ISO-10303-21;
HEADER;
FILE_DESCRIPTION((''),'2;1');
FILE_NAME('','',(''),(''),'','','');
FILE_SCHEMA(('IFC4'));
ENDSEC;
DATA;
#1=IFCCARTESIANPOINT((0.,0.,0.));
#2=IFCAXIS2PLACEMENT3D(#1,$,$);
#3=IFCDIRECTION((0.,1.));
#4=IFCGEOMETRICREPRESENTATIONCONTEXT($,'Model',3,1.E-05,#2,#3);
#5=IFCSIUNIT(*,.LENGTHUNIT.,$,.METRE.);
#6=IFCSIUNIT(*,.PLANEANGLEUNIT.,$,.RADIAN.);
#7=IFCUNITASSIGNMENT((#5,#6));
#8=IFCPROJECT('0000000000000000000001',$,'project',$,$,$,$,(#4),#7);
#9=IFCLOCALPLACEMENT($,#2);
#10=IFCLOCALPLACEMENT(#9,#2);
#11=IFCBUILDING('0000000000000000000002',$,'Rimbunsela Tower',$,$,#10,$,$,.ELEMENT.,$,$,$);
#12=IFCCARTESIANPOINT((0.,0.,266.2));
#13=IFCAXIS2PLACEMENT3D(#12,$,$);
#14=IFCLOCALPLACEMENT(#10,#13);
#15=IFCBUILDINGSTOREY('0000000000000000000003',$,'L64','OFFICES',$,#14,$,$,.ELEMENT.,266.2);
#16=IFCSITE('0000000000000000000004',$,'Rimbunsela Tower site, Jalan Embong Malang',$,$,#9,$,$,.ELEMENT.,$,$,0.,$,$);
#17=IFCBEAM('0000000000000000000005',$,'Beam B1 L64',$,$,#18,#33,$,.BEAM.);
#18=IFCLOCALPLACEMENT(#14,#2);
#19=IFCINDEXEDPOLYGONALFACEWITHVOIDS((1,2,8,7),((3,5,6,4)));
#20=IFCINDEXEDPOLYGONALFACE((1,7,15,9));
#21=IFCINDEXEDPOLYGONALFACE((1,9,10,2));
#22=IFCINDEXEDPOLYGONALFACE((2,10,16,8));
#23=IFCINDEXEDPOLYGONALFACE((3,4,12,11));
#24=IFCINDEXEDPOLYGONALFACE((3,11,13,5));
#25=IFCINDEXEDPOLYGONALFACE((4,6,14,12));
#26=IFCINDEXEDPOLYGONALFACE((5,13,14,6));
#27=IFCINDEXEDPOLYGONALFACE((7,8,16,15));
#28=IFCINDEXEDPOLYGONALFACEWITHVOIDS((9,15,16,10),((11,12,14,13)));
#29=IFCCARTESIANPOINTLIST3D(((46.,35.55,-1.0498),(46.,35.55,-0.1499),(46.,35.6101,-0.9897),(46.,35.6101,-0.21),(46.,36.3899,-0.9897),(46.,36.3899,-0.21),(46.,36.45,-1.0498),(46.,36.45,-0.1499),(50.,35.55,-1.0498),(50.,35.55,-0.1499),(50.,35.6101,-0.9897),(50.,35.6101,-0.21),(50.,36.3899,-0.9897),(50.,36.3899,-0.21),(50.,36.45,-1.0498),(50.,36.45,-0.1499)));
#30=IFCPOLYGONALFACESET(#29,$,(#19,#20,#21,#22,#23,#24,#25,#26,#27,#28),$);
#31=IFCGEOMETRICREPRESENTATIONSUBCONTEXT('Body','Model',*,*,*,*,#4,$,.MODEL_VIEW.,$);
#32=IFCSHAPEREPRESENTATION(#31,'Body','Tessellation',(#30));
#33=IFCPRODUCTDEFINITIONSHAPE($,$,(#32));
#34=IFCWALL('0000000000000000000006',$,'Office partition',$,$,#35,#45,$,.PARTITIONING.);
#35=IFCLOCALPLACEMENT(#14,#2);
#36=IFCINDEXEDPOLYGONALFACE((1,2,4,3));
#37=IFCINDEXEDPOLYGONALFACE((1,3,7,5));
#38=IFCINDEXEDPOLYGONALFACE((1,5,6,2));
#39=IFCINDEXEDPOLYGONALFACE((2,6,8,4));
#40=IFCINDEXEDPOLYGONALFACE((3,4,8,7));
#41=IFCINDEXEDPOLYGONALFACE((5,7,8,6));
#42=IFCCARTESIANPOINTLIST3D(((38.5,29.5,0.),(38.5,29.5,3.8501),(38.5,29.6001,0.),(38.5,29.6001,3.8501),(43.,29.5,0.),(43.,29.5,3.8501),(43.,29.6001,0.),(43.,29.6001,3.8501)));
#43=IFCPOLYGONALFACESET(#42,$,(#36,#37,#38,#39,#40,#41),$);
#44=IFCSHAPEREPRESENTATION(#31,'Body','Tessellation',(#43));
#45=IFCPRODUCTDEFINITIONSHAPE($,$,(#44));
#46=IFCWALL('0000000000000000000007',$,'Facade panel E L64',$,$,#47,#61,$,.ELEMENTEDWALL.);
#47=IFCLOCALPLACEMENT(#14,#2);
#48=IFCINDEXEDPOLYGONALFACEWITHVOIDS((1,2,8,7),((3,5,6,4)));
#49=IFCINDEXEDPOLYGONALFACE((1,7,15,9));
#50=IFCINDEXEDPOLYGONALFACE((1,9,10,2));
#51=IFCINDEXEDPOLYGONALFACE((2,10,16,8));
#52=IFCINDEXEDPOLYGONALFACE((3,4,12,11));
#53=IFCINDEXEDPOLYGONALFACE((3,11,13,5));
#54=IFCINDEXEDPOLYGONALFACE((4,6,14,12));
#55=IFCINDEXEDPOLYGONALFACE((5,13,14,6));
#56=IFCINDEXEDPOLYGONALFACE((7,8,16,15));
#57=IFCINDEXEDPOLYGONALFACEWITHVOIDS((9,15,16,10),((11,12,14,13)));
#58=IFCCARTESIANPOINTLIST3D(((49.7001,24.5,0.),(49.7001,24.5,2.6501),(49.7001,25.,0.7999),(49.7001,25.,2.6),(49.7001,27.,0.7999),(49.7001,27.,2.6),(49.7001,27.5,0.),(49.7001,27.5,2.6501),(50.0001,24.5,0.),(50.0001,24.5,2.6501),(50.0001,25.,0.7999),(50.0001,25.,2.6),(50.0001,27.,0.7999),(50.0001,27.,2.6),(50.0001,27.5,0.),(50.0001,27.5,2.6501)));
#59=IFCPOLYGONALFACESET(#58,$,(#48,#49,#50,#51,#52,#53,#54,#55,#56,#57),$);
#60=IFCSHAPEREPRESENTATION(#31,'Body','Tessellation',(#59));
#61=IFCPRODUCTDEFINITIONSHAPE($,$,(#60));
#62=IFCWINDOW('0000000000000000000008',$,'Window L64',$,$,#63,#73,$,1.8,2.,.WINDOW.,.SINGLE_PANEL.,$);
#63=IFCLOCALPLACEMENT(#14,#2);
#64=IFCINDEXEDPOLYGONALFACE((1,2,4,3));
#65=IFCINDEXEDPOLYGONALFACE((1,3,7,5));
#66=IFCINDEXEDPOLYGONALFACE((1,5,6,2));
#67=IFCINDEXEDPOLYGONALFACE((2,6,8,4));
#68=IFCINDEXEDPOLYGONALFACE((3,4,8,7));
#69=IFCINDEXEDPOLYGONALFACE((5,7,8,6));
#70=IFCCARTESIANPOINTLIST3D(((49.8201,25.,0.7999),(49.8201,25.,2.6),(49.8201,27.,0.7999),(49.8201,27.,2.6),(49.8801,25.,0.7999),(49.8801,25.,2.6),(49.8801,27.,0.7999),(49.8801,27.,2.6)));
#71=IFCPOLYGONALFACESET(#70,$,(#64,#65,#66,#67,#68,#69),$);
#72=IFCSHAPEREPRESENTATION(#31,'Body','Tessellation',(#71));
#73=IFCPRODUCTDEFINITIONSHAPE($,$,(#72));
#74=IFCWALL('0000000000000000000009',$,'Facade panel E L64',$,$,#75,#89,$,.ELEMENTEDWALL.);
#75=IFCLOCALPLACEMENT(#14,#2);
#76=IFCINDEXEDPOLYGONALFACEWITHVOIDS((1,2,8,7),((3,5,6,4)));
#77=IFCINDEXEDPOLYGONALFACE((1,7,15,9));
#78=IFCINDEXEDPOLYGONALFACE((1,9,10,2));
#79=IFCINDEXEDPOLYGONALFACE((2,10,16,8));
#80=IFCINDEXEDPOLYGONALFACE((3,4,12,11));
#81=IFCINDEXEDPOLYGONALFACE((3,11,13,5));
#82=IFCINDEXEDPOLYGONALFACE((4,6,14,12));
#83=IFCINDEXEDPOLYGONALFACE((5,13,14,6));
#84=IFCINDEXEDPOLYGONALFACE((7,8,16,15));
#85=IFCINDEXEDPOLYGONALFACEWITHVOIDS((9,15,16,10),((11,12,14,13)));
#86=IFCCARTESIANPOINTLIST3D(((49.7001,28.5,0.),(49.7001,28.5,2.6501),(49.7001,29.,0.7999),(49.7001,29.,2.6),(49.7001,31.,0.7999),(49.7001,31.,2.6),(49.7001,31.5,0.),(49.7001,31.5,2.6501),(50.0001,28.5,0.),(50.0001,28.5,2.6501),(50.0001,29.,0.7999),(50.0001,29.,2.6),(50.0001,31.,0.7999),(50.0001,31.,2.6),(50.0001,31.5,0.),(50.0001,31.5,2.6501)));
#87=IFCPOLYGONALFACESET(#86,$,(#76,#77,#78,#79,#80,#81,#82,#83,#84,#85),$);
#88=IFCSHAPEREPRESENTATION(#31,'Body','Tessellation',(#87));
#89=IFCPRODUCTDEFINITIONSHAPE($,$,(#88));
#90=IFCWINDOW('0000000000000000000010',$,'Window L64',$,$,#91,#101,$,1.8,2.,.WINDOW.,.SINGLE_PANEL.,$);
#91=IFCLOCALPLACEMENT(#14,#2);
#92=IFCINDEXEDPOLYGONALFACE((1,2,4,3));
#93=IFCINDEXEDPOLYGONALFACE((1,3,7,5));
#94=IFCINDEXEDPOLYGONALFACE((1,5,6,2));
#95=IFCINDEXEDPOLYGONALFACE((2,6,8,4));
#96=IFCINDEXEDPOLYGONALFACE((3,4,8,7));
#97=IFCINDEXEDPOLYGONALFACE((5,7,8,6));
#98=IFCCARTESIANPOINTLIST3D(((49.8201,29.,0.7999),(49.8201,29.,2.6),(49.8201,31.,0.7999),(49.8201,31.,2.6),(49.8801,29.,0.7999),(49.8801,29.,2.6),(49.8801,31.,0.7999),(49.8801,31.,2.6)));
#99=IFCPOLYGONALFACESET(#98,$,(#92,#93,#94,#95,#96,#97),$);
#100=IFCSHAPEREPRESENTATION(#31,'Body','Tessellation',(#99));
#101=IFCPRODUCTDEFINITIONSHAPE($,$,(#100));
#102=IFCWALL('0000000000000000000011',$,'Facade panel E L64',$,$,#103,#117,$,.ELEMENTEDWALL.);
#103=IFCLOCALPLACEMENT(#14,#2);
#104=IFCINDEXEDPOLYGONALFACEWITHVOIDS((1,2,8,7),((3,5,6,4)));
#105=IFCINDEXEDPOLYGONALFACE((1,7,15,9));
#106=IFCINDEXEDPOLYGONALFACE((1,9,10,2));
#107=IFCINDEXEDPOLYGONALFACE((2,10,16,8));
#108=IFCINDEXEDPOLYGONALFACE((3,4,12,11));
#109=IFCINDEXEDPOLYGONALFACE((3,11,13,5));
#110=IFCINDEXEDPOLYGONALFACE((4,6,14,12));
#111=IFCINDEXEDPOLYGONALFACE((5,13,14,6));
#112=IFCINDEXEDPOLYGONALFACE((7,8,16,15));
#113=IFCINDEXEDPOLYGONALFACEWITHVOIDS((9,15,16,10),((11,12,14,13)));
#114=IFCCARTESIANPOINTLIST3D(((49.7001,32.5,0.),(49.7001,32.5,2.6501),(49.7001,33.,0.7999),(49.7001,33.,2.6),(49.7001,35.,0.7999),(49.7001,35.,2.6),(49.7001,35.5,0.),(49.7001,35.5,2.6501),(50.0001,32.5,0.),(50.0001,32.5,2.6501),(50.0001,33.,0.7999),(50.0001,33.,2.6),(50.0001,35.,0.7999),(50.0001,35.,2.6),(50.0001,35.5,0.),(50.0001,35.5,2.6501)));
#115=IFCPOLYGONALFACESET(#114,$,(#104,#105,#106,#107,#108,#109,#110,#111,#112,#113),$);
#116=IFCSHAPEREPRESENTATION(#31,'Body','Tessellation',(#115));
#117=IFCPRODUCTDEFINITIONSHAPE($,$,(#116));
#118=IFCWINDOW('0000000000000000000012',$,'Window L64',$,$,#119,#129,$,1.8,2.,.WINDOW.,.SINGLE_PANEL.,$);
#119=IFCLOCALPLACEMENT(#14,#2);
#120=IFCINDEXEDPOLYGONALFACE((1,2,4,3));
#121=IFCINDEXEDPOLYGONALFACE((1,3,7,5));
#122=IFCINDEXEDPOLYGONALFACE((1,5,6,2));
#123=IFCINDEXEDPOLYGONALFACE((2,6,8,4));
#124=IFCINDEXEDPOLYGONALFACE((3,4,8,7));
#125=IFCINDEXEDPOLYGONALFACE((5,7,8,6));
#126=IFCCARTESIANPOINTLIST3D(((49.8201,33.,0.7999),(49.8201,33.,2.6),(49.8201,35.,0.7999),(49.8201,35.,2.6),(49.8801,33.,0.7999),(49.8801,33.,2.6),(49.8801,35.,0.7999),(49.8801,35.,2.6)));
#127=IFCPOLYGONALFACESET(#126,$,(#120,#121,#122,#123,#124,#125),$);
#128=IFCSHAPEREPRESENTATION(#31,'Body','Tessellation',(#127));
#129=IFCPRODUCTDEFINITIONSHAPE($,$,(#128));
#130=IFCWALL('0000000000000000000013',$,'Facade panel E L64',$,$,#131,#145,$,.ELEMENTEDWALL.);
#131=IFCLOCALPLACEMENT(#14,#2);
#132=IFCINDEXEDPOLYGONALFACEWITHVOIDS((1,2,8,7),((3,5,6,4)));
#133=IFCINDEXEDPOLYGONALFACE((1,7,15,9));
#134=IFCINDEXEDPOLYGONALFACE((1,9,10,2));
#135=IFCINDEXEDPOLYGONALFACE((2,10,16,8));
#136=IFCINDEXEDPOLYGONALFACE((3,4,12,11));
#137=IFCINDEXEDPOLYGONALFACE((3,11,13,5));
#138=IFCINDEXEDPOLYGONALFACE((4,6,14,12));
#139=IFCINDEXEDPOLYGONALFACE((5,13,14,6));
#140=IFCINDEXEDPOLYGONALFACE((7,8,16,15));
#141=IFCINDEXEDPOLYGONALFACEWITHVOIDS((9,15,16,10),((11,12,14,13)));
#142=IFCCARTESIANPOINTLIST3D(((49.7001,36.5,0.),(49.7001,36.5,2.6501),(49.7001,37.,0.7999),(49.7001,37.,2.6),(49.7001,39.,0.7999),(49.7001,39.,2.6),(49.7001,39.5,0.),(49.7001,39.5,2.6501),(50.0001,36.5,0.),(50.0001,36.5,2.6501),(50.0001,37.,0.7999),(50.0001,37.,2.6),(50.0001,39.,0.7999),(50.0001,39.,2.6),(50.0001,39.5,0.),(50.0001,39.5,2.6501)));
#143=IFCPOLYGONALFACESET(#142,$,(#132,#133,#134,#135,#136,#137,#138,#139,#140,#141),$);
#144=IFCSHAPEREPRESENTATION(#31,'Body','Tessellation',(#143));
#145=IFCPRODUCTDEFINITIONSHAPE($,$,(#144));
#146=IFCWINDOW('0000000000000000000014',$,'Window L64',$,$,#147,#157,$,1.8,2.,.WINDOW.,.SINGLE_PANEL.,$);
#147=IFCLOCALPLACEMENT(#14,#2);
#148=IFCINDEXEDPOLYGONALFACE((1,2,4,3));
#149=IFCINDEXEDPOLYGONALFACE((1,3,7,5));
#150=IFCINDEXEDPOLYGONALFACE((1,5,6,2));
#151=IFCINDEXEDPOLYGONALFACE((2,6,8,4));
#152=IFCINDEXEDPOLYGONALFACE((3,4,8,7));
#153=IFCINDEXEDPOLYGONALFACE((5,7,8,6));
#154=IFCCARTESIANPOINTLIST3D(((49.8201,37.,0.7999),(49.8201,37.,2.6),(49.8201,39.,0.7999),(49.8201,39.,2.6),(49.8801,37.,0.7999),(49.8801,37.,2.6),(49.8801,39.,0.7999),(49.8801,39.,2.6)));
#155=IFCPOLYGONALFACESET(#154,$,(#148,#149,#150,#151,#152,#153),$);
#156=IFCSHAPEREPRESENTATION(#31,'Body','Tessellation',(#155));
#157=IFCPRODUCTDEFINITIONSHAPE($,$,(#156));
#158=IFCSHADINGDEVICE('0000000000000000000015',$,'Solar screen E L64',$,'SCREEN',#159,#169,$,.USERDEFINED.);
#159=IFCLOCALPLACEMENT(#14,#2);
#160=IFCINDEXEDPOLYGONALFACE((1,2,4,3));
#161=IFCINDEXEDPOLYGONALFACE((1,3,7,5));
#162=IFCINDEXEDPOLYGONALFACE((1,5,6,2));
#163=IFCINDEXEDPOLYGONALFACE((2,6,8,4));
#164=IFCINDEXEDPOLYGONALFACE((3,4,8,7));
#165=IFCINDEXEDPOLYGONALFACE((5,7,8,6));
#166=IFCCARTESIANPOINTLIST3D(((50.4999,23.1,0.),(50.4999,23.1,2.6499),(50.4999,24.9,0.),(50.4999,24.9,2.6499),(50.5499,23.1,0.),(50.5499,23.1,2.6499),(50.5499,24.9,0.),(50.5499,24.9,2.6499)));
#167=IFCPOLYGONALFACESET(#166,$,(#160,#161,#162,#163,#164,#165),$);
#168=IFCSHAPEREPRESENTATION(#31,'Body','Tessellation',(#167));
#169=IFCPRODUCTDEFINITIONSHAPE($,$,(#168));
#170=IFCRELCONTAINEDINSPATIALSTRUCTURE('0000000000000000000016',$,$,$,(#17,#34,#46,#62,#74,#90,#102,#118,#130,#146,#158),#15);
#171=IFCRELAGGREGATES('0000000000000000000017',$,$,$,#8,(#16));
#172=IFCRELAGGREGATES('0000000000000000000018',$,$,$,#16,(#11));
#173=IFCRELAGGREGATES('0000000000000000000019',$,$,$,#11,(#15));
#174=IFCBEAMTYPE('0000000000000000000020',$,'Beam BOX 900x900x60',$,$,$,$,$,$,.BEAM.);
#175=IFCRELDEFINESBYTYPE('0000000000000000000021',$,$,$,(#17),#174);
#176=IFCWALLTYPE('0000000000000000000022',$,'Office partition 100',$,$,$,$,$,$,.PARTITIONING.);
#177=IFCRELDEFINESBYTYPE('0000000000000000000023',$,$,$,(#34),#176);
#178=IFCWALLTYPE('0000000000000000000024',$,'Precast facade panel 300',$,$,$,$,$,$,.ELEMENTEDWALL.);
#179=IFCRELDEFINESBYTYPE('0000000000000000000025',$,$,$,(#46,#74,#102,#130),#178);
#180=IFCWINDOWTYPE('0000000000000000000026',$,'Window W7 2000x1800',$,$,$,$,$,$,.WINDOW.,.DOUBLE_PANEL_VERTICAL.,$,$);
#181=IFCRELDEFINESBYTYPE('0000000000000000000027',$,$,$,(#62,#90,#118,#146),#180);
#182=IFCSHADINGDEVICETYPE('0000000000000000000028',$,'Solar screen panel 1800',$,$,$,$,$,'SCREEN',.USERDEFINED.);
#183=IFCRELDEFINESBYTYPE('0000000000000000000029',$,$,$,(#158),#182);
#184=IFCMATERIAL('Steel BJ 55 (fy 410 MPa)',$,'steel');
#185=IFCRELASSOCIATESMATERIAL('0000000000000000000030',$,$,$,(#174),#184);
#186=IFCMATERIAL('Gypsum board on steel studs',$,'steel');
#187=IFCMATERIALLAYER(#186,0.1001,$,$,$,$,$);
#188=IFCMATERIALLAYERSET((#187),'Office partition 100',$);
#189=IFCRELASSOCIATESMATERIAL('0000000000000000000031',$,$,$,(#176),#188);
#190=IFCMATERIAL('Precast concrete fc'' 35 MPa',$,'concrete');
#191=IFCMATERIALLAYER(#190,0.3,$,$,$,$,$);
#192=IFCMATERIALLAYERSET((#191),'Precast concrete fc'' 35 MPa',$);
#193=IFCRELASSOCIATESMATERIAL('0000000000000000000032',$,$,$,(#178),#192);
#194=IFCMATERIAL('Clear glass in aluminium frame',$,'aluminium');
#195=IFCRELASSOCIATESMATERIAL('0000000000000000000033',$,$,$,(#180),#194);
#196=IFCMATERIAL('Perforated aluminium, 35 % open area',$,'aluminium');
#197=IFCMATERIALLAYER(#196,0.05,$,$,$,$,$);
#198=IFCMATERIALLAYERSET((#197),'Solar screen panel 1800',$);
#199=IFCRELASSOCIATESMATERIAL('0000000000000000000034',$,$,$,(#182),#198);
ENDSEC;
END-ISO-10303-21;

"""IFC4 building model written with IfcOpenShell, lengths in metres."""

from ifc_helpers import new_model, si_unit, direction, frame, frame_2d, origin, origin_2d, place, context, subcontext, project, spatial, rectangle, hollow_rectangle, extrude, material, layer, layer_set, material_profile, profile_set, type_object, element, fill, save


model = new_model("IFC4")

# Units and contexts
model_context = context("Model", 3, precision=1e-05, world=origin(), true_north=direction((0.0, 1.0)))
body_context = subcontext(model_context, "Body", "Model", "MODEL_VIEW")
ifc_project = project(units=[si_unit("LENGTHUNIT", "METRE"), si_unit("PLANEANGLEUNIT", "RADIAN")], contexts=[model_context])

# Site, building, storey
site_placement = place(None, origin())
site = spatial("IfcSite", under=ifc_project, at=site_placement, Name="Rimbunsela Tower site, Jalan Embong Malang", CompositionType="ELEMENT", RefElevation=0.0)
building_placement = place(site_placement, origin())
building = spatial("IfcBuilding", under=site, at=building_placement, Name="Rimbunsela Tower", CompositionType="ELEMENT")
storey_placement = place(building_placement, frame((0.0, 0.0, 266.2)))
storey = spatial("IfcBuildingStorey", under=building, at=storey_placement, Name="L64", Description="OFFICES", CompositionType="ELEMENT", Elevation=266.2)

# Beam
ifc_material_1 = material(Name="Steel BJ 55 (fy 410 MPa)", Category="steel")
ifc_material_profile_1 = material_profile(ifc_material_1, hollow_rectangle(XDim=0.8999, YDim=0.8999, WallThickness=0.0601, at=origin_2d()), Name="BOX 900x900x60")
ifc_profile_set_1 = profile_set([ifc_material_profile_1], Name="Steel BJ 55 (fy 410 MPa)")
beam_type_1 = type_object("IfcBeamType", Name="Beam BOX 900x900x60", PredefinedType="BEAM", material=ifc_profile_set_1)
beam_1_placement = place(storey_placement, frame((46.0, 36.0, -0.5999), z_axis=(1.0, 0.0, 0.0), x_axis=(0.0, 1.0, 0.0)))
element("IfcBeam", 1, at=beam_1_placement, inside=storey, type_object=beam_type_1, Name="Beam B1 L64", PredefinedType="BEAM", context=body_context, shape_type="SweptSolid", body=[
    extrude(hollow_rectangle(XDim=0.8999, YDim=0.8999, WallThickness=0.0601, at=origin_2d()), origin(), (0.0, 0.0, 1.0), 4.0),
])

# Wall
ifc_material_2 = material(Name="Gypsum board on steel studs", Category="steel")
ifc_layer_1 = layer(ifc_material_2, 0.1001)
ifc_layer_set_1 = layer_set([ifc_layer_1], Name="Office partition 100")
wall_type_1 = type_object("IfcWallType", Name="Office partition 100", PredefinedType="PARTITIONING", material=ifc_layer_set_1)
wall_1_placement = place(storey_placement, frame((43.0, 29.55, 0.0), z_axis=(0.0, 0.0, 1.0), x_axis=(-1.0, 0.0, 0.0)))
element("IfcWall", 2, at=wall_1_placement, inside=storey, type_object=wall_type_1, Name="Office partition", PredefinedType="PARTITIONING", context=body_context, shape_type="SweptSolid", body=[
    extrude(rectangle(XDim=4.5, YDim=0.1001, at=frame_2d((2.25, 0.0))), origin(), (0.0, 0.0, 1.0), 3.8501),
])

# Walls, openings, windows
ifc_material_3 = material(Name="Precast concrete fc' 35 MPa", Category="concrete")
ifc_layer_2 = layer(ifc_material_3, 0.3)
ifc_layer_set_2 = layer_set([ifc_layer_2], Name="Precast concrete fc' 35 MPa")
wall_type_2 = type_object("IfcWallType", Name="Precast facade panel 300", PredefinedType="ELEMENTEDWALL", material=ifc_layer_set_2)
wall_2_placement = place(storey_placement, frame((49.8501, 24.5, 0.0), z_axis=(0.0, 0.0, 1.0), x_axis=(0.0, 1.0, 0.0)))
wall_2 = element("IfcWall", 3, at=wall_2_placement, inside=storey, type_object=wall_type_2, Name="Facade panel E L64", PredefinedType="ELEMENTEDWALL", context=body_context, shape_type="SweptSolid", body=[
    extrude(rectangle(XDim=3.0, YDim=0.3, at=frame_2d((1.5, 0.0))), origin(), (0.0, 0.0, 1.0), 2.6501),
])
opening_1_placement = place(wall_2_placement, frame((0.5, 0.0, 0.8)))
opening_1 = element("IfcOpeningElement", 4, at=opening_1_placement, cuts=wall_2, PredefinedType="OPENING", context=body_context, shape_type="SweptSolid", body=[
    extrude(rectangle(XDim=2.0, YDim=1.8, at=frame_2d((1.0, 0.8999))), frame((0.0, 0.1599, 0.0), z_axis=(0.0, -1.0, 0.0), x_axis=(1.0, 0.0, 0.0)), (0.0, 0.0, 1.0), 0.3201),
])
ifc_material_4 = material(Name="Clear glass in aluminium frame", Category="aluminium")
window_type = type_object("IfcWindowType", Name="Window W7 2000x1800", PartitioningType="DOUBLE_PANEL_VERTICAL", PredefinedType="WINDOW", material=ifc_material_4)
window_1_placement = place(opening_1_placement, origin())
window_1 = element("IfcWindow", 5, at=window_1_placement, inside=storey, type_object=window_type, Name="Window L64", OverallHeight=1.8, OverallWidth=2.0, PartitioningType="SINGLE_PANEL", PredefinedType="WINDOW", context=body_context, shape_type="SweptSolid", body=[
    extrude(rectangle(XDim=2.0, YDim=1.8, at=frame_2d((1.0, 0.8999))), frame((0.0, 0.03, 0.0), z_axis=(0.0, -1.0, 0.0), x_axis=(1.0, 0.0, 0.0)), (0.0, 0.0, 1.0), 0.0601),
])
fill(opening_1, window_1)
wall_3_placement = place(storey_placement, frame((49.8501, 28.5, 0.0), z_axis=(0.0, 0.0, 1.0), x_axis=(0.0, 1.0, 0.0)))
wall_3 = element("IfcWall", 6, at=wall_3_placement, inside=storey, type_object=wall_type_2, Name="Facade panel E L64", PredefinedType="ELEMENTEDWALL", context=body_context, shape_type="SweptSolid", body=[
    extrude(rectangle(XDim=3.0, YDim=0.3, at=frame_2d((1.5, 0.0))), origin(), (0.0, 0.0, 1.0), 2.6501),
])
opening_2_placement = place(wall_3_placement, frame((0.5, 0.0, 0.8)))
opening_2 = element("IfcOpeningElement", 7, at=opening_2_placement, cuts=wall_3, PredefinedType="OPENING", context=body_context, shape_type="SweptSolid", body=[
    extrude(rectangle(XDim=2.0, YDim=1.8, at=frame_2d((1.0, 0.8999))), frame((0.0, 0.1599, 0.0), z_axis=(0.0, -1.0, 0.0), x_axis=(1.0, 0.0, 0.0)), (0.0, 0.0, 1.0), 0.3201),
])
window_2_placement = place(opening_2_placement, origin())
window_2 = element("IfcWindow", 8, at=window_2_placement, inside=storey, type_object=window_type, Name="Window L64", OverallHeight=1.8, OverallWidth=2.0, PartitioningType="SINGLE_PANEL", PredefinedType="WINDOW", context=body_context, shape_type="SweptSolid", body=[
    extrude(rectangle(XDim=2.0, YDim=1.8, at=frame_2d((1.0, 0.8999))), frame((0.0, 0.03, 0.0), z_axis=(0.0, -1.0, 0.0), x_axis=(1.0, 0.0, 0.0)), (0.0, 0.0, 1.0), 0.0601),
])
fill(opening_2, window_2)
wall_4_placement = place(storey_placement, frame((49.8501, 32.5, 0.0), z_axis=(0.0, 0.0, 1.0), x_axis=(0.0, 1.0, 0.0)))
wall_4 = element("IfcWall", 9, at=wall_4_placement, inside=storey, type_object=wall_type_2, Name="Facade panel E L64", PredefinedType="ELEMENTEDWALL", context=body_context, shape_type="SweptSolid", body=[
    extrude(rectangle(XDim=3.0, YDim=0.3, at=frame_2d((1.5, 0.0))), origin(), (0.0, 0.0, 1.0), 2.6501),
])
opening_3_placement = place(wall_4_placement, frame((0.5, 0.0, 0.8)))
opening_3 = element("IfcOpeningElement", 10, at=opening_3_placement, cuts=wall_4, PredefinedType="OPENING", context=body_context, shape_type="SweptSolid", body=[
    extrude(rectangle(XDim=2.0, YDim=1.8, at=frame_2d((1.0, 0.8999))), frame((0.0, 0.1599, 0.0), z_axis=(0.0, -1.0, 0.0), x_axis=(1.0, 0.0, 0.0)), (0.0, 0.0, 1.0), 0.3201),
])
window_3_placement = place(opening_3_placement, origin())
window_3 = element("IfcWindow", 11, at=window_3_placement, inside=storey, type_object=window_type, Name="Window L64", OverallHeight=1.8, OverallWidth=2.0, PartitioningType="SINGLE_PANEL", PredefinedType="WINDOW", context=body_context, shape_type="SweptSolid", body=[
    extrude(rectangle(XDim=2.0, YDim=1.8, at=frame_2d((1.0, 0.8999))), frame((0.0, 0.03, 0.0), z_axis=(0.0, -1.0, 0.0), x_axis=(1.0, 0.0, 0.0)), (0.0, 0.0, 1.0), 0.0601),
])
fill(opening_3, window_3)
wall_5_placement = place(storey_placement, frame((49.8501, 36.5, 0.0), z_axis=(0.0, 0.0, 1.0), x_axis=(0.0, 1.0, 0.0)))
wall_5 = element("IfcWall", 12, at=wall_5_placement, inside=storey, type_object=wall_type_2, Name="Facade panel E L64", PredefinedType="ELEMENTEDWALL", context=body_context, shape_type="SweptSolid", body=[
    extrude(rectangle(XDim=3.0, YDim=0.3, at=frame_2d((1.5, 0.0))), origin(), (0.0, 0.0, 1.0), 2.6501),
])
opening_4_placement = place(wall_5_placement, frame((0.5, 0.0, 0.8)))
opening_4 = element("IfcOpeningElement", 13, at=opening_4_placement, cuts=wall_5, PredefinedType="OPENING", context=body_context, shape_type="SweptSolid", body=[
    extrude(rectangle(XDim=2.0, YDim=1.8, at=frame_2d((1.0, 0.8999))), frame((0.0, 0.1599, 0.0), z_axis=(0.0, -1.0, 0.0), x_axis=(1.0, 0.0, 0.0)), (0.0, 0.0, 1.0), 0.3201),
])
window_4_placement = place(opening_4_placement, origin())
window_4 = element("IfcWindow", 14, at=window_4_placement, inside=storey, type_object=window_type, Name="Window L64", OverallHeight=1.8, OverallWidth=2.0, PartitioningType="SINGLE_PANEL", PredefinedType="WINDOW", context=body_context, shape_type="SweptSolid", body=[
    extrude(rectangle(XDim=2.0, YDim=1.8, at=frame_2d((1.0, 0.8999))), frame((0.0, 0.03, 0.0), z_axis=(0.0, -1.0, 0.0), x_axis=(1.0, 0.0, 0.0)), (0.0, 0.0, 1.0), 0.0601),
])
fill(opening_4, window_4)

# Shading device
ifc_material_5 = material(Name="Perforated aluminium, 35 % open area", Category="aluminium")
ifc_layer_3 = layer(ifc_material_5, 0.05)
ifc_layer_set_3 = layer_set([ifc_layer_3], Name="Solar screen panel 1800")
shading_device_type = type_object("IfcShadingDeviceType", Name="Solar screen panel 1800", ElementType="SCREEN", PredefinedType="USERDEFINED", material=ifc_layer_set_3)
for number, where, z_axis, x_axis, name in (
    (15, (50.5249, 24.0, 0.0), (0.0, 0.0, 1.0), (0.0, 1.0, 0.0), "Solar screen E L64"),
):
    element("IfcShadingDevice", number, at=place(storey_placement, frame(where, z_axis=z_axis, x_axis=x_axis)), inside=storey, type_object=shading_device_type, Name=name, ObjectType="SCREEN", PredefinedType="USERDEFINED", context=body_context, shape_type="SweptSolid", body=[
        extrude(rectangle(XDim=1.8, YDim=0.05, at=origin_2d()), origin(), (0.0, 0.0, 1.0), 2.6499),
    ])

save(model, "model.ifc")
